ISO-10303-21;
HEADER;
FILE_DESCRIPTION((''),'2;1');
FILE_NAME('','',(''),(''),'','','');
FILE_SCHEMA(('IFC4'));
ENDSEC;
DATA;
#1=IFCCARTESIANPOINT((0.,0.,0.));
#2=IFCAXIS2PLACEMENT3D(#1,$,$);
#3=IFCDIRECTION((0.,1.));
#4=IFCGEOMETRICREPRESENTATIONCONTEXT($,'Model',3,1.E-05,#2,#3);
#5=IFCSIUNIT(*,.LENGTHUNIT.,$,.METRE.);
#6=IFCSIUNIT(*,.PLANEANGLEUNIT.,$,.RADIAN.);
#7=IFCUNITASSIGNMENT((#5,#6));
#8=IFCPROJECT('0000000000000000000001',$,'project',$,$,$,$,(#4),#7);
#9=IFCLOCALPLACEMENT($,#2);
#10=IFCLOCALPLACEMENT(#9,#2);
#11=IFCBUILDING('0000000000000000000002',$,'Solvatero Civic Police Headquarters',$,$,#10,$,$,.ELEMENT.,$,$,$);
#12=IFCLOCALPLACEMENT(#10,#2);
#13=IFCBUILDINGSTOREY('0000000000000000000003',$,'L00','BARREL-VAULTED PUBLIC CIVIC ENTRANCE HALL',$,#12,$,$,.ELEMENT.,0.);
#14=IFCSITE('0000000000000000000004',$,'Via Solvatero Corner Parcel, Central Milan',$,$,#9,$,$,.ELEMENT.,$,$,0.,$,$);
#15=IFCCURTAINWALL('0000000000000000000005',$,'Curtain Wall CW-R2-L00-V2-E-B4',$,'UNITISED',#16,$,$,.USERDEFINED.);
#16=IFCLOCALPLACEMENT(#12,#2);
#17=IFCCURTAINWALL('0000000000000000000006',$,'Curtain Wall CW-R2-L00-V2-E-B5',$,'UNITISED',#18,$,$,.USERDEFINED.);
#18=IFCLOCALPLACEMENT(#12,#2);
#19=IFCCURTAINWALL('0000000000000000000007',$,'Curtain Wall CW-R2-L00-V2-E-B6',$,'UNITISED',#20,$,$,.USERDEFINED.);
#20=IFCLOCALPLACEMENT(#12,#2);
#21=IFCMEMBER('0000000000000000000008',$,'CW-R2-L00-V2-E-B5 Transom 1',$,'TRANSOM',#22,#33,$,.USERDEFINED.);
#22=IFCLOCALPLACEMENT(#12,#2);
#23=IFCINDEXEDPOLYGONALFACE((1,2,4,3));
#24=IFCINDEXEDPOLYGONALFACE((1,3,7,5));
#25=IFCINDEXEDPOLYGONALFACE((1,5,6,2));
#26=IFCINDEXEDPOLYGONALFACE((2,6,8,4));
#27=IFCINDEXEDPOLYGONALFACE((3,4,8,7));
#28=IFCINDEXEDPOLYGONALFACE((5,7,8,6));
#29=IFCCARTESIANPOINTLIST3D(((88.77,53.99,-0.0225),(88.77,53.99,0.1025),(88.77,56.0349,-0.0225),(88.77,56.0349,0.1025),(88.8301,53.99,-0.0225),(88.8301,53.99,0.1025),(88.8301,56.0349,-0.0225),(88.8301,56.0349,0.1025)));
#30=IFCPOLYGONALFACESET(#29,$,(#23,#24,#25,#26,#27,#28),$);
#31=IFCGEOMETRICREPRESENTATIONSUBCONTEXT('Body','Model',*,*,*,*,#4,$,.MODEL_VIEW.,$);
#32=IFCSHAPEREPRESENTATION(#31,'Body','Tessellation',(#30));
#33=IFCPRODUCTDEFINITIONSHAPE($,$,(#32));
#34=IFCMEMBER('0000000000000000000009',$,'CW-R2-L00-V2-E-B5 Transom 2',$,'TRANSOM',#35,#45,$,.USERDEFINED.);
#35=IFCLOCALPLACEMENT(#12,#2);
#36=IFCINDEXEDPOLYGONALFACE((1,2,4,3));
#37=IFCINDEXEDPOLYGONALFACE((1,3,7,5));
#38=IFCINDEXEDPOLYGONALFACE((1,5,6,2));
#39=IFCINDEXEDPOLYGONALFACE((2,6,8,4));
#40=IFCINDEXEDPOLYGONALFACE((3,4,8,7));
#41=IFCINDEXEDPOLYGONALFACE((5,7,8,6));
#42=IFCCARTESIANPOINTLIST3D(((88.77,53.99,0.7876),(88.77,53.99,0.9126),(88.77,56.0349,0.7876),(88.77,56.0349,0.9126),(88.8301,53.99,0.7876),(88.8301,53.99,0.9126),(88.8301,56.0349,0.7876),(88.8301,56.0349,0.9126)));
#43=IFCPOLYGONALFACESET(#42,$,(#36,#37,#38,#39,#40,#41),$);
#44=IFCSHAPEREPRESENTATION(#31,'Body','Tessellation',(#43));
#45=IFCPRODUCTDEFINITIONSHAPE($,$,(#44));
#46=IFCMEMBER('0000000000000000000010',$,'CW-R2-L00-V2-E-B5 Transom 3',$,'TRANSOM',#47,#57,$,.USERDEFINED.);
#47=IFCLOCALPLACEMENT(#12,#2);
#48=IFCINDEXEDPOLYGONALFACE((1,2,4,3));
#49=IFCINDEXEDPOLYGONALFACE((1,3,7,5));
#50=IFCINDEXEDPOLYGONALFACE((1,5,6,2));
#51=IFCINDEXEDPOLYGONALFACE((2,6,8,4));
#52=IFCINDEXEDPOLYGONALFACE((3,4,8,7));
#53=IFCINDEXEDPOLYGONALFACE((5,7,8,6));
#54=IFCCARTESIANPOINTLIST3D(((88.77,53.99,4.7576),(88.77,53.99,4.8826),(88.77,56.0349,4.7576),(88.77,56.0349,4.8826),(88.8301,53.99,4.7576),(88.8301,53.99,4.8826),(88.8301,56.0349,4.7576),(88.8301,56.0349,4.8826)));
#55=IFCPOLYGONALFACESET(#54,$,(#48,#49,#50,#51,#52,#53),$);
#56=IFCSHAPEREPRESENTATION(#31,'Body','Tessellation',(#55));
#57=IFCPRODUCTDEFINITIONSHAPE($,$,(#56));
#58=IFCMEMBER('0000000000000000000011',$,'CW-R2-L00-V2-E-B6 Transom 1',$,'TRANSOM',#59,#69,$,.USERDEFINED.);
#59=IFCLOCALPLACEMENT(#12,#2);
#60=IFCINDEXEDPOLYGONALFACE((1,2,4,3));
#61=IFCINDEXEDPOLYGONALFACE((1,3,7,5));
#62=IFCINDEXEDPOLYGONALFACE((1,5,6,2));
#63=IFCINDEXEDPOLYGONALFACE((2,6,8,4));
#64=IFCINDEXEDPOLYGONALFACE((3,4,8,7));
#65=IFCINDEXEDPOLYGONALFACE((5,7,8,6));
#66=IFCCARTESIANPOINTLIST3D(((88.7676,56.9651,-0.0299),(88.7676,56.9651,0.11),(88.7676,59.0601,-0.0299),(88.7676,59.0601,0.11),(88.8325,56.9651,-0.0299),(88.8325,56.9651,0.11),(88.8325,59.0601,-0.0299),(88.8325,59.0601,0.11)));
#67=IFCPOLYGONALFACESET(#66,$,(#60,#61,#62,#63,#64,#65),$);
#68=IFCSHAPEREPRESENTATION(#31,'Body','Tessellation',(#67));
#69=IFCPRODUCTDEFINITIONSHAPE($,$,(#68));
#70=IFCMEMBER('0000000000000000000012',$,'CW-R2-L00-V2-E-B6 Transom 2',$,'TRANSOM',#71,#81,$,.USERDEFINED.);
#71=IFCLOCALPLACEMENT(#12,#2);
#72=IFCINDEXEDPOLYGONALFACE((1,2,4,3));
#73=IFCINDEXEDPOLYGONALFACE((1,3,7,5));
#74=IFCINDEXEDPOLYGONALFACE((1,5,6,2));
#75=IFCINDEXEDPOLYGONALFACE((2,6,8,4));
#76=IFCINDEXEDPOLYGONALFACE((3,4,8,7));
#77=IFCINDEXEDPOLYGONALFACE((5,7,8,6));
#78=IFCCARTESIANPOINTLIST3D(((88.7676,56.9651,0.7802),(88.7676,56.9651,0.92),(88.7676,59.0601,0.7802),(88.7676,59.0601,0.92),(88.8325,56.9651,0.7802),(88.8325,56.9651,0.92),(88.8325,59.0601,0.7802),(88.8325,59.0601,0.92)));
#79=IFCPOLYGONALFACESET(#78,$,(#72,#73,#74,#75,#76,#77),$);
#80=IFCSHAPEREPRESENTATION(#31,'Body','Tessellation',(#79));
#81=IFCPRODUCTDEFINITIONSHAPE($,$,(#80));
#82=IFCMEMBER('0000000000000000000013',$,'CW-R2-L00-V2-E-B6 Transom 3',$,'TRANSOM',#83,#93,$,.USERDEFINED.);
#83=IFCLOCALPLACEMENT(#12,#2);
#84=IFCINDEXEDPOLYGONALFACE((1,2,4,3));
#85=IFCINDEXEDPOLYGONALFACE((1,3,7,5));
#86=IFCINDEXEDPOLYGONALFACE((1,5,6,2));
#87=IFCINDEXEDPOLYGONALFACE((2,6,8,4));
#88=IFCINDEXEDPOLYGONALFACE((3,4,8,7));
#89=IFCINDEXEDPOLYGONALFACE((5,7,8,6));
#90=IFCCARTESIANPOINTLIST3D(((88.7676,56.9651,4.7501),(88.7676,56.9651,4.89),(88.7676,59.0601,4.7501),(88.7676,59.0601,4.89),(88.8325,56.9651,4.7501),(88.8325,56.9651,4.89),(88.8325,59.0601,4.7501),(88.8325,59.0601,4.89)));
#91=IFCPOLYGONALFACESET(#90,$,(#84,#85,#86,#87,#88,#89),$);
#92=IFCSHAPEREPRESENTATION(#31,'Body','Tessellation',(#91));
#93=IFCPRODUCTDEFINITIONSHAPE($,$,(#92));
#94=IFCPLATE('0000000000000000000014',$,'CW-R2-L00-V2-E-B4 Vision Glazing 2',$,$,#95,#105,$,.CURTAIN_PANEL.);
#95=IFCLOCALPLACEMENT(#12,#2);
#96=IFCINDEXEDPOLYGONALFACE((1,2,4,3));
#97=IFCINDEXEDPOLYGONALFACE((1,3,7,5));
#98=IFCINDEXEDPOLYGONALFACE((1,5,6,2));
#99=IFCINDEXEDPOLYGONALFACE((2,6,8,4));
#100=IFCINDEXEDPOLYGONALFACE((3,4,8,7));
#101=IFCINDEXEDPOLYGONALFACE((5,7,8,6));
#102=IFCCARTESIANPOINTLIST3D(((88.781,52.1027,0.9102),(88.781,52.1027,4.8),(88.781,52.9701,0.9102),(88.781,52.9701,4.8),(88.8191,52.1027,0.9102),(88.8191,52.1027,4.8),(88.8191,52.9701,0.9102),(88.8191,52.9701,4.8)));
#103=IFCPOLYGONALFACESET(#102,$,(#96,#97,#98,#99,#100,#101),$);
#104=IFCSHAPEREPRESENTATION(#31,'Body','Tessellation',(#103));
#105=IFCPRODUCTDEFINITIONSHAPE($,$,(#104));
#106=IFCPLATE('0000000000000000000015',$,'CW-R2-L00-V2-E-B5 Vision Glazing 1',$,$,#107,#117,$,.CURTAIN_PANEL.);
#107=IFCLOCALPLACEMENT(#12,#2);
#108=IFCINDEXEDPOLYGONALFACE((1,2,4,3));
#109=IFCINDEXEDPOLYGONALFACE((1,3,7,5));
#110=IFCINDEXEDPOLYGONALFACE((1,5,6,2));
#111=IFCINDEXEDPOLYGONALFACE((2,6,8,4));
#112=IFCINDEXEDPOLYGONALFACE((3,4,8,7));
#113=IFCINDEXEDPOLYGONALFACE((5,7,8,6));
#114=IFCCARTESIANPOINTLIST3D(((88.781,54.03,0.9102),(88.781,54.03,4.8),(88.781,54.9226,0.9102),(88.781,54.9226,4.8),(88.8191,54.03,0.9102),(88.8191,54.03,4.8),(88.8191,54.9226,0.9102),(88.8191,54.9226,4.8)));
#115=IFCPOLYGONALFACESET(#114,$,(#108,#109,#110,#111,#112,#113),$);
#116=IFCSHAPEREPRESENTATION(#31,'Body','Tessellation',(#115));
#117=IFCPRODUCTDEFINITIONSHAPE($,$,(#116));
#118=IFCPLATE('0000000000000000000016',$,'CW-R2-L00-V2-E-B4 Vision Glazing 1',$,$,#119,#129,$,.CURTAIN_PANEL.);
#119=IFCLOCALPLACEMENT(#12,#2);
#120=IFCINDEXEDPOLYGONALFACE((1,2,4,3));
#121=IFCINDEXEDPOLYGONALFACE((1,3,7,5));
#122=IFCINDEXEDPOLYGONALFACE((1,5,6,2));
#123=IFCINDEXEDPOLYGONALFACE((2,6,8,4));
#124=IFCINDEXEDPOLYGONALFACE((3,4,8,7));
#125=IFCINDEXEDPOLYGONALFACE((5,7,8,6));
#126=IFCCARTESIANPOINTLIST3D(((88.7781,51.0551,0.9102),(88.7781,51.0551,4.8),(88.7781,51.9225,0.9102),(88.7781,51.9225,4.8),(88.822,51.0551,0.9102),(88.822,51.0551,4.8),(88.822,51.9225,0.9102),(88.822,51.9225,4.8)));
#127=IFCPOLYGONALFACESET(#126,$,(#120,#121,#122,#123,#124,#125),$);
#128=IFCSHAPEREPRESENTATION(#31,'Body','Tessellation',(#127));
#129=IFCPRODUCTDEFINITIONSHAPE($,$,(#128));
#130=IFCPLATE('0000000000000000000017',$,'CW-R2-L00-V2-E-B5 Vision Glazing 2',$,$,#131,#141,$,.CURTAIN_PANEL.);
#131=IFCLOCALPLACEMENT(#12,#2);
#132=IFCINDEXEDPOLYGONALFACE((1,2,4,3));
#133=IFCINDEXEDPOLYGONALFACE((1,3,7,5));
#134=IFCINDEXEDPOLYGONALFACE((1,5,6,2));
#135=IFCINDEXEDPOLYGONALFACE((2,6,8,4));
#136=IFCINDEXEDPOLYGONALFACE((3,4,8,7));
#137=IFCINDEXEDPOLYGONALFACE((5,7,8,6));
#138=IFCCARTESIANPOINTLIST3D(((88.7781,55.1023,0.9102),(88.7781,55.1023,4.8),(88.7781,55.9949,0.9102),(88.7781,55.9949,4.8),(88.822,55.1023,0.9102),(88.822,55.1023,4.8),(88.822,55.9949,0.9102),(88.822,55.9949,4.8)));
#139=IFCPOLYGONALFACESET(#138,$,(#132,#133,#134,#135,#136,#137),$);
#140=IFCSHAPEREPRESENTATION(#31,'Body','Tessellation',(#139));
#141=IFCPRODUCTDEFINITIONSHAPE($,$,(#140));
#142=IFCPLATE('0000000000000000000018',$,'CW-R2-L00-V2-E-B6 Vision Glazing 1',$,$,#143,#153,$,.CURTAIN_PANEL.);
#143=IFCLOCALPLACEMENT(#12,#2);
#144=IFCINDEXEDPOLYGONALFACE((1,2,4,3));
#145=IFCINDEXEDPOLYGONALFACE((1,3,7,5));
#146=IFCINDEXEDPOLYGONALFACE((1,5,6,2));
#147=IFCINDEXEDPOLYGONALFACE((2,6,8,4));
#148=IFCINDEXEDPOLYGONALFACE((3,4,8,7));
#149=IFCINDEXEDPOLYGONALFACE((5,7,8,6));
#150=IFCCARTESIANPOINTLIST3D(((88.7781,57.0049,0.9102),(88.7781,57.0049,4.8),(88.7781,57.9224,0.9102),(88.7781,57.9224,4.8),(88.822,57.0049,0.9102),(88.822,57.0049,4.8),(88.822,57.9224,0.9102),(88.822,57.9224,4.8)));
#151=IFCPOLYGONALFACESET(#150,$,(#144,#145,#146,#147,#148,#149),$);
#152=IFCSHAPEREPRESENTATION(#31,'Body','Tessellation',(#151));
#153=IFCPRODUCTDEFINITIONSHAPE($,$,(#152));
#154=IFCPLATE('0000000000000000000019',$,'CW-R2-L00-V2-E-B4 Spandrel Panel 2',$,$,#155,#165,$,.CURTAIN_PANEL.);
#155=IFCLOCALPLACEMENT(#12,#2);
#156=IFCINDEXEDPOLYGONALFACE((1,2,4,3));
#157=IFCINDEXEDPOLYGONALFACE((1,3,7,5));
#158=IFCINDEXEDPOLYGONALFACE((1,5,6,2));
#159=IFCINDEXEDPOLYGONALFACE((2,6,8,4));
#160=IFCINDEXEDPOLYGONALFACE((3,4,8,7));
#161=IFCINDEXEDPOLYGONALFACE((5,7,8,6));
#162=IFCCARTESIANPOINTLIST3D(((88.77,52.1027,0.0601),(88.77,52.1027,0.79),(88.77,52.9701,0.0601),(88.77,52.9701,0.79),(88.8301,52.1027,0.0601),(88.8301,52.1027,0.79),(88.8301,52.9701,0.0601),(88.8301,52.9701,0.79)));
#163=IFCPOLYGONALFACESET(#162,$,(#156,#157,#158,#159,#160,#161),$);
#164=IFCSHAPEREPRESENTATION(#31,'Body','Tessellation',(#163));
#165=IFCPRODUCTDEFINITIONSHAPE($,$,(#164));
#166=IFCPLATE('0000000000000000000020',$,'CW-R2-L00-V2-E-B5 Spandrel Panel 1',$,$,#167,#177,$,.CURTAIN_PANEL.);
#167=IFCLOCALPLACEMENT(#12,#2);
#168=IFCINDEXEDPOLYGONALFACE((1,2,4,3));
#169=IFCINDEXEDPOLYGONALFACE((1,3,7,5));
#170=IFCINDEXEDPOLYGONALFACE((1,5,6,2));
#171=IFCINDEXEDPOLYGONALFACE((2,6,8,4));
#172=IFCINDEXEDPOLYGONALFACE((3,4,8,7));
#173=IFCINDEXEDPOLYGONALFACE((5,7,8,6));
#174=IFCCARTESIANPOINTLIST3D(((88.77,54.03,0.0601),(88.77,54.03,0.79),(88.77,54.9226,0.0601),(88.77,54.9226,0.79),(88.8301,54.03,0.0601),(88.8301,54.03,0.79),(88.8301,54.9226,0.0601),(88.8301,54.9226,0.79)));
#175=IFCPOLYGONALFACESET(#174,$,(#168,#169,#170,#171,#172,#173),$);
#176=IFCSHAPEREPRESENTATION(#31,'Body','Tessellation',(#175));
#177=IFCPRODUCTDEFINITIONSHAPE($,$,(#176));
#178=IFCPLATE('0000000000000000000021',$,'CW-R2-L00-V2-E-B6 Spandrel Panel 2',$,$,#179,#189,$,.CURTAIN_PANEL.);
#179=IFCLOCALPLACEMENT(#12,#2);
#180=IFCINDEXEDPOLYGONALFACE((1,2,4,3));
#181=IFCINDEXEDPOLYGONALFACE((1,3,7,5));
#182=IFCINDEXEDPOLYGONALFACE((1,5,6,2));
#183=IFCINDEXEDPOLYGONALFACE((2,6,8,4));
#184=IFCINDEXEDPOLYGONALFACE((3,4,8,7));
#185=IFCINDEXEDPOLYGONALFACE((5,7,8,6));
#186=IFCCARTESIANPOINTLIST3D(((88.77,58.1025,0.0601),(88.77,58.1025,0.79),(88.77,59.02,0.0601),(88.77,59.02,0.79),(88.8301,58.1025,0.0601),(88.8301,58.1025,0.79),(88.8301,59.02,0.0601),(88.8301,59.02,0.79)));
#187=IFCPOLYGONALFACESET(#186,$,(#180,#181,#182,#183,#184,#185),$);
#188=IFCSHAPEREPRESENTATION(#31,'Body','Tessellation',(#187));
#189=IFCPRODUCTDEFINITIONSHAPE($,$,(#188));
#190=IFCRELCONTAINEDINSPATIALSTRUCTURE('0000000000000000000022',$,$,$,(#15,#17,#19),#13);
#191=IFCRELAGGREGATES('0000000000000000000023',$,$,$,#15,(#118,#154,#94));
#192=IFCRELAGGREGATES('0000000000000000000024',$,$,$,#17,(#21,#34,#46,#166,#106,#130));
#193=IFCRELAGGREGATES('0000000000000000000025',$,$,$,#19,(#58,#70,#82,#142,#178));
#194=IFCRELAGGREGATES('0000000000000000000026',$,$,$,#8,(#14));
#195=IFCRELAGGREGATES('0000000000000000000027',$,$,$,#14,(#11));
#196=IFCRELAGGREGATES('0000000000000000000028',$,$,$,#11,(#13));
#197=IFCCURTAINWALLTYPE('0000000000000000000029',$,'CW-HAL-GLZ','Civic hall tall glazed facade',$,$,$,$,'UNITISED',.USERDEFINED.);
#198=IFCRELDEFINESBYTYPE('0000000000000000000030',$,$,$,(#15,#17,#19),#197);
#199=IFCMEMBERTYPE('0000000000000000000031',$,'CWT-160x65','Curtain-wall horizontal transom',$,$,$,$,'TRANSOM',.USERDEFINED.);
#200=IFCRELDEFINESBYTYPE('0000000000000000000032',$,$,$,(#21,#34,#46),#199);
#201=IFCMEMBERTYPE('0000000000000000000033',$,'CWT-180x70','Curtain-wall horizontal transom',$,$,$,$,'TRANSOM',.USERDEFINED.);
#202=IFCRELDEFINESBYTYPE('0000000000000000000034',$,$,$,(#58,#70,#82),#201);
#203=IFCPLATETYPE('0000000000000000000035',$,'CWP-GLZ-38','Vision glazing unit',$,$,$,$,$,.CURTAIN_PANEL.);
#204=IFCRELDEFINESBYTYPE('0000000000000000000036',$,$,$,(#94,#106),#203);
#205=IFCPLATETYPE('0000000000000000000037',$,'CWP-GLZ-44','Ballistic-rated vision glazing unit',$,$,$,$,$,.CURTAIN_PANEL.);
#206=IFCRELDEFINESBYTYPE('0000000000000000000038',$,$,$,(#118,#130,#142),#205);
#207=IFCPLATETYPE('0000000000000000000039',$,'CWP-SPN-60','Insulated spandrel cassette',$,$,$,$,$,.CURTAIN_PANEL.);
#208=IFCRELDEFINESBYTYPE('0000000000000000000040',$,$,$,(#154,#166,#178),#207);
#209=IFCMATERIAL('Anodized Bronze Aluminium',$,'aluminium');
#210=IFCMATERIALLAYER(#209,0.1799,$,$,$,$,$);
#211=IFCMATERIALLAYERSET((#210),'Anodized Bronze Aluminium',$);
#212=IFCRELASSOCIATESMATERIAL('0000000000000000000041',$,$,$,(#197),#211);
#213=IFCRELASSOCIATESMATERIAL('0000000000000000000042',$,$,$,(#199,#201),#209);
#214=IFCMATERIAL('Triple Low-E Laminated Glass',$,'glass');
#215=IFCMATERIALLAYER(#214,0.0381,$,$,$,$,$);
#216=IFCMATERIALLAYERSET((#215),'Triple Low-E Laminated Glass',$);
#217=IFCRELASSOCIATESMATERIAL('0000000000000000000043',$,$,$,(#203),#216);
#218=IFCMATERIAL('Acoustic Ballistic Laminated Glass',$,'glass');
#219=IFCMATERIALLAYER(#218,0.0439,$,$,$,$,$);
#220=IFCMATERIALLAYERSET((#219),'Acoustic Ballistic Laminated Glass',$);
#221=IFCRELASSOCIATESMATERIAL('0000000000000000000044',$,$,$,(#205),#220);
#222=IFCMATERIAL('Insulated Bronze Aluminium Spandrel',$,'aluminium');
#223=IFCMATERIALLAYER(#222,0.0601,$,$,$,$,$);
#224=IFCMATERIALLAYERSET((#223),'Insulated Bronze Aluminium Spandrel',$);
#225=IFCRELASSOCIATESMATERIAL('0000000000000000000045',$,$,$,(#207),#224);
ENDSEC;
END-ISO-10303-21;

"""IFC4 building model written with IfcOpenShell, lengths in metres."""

from ifc_helpers import new_model, si_unit, direction, frame, origin, origin_2d, place, context, subcontext, project, spatial, rectangle, extrude, material, layer, layer_set, material_profile, profile_set, type_object, element, aggregate, save


model = new_model("IFC4")

# Units and contexts
model_context = context("Model", 3, precision=1e-05, world=origin(), true_north=direction((0.0, 1.0)))
body_context = subcontext(model_context, "Body", "Model", "MODEL_VIEW")
ifc_project = project(units=[si_unit("LENGTHUNIT", "METRE"), si_unit("PLANEANGLEUNIT", "RADIAN")], contexts=[model_context])

# Site, building, storey
site_placement = place(None, origin())
site = spatial("IfcSite", under=ifc_project, at=site_placement, Name="Via Solvatero Corner Parcel, Central Milan", CompositionType="ELEMENT", RefElevation=0.0)
building_placement = place(site_placement, origin())
building = spatial("IfcBuilding", under=site, at=building_placement, Name="Solvatero Civic Police Headquarters", CompositionType="ELEMENT")
storey_placement = place(building_placement, origin())
storey = spatial("IfcBuildingStorey", under=building, at=storey_placement, Name="L00", Description="BARREL-VAULTED PUBLIC CIVIC ENTRANCE HALL", CompositionType="ELEMENT", Elevation=0.0)

# Curtain walls
ifc_material_1 = material(Name="Anodized Bronze Aluminium", Category="aluminium")
ifc_layer_1 = layer(ifc_material_1, 0.1799)
ifc_layer_set_1 = layer_set([ifc_layer_1], Name="Anodized Bronze Aluminium")
curtain_wall_type = type_object("IfcCurtainWallType", Name="CW-HAL-GLZ", Description="Civic hall tall glazed facade", ElementType="UNITISED", PredefinedType="USERDEFINED", material=ifc_layer_set_1)
curtain_wall_1_placement = place(storey_placement, origin())
curtain_wall_1 = element("IfcCurtainWall", 1, at=curtain_wall_1_placement, inside=storey, type_object=curtain_wall_type, Name="Curtain Wall CW-R2-L00-V2-E-B4", ObjectType="UNITISED", PredefinedType="USERDEFINED")
curtain_wall_2_placement = place(storey_placement, origin())
curtain_wall_2 = element("IfcCurtainWall", 2, at=curtain_wall_2_placement, inside=storey, type_object=curtain_wall_type, Name="Curtain Wall CW-R2-L00-V2-E-B5", ObjectType="UNITISED", PredefinedType="USERDEFINED")
curtain_wall_3_placement = place(storey_placement, origin())
curtain_wall_3 = element("IfcCurtainWall", 3, at=curtain_wall_3_placement, inside=storey, type_object=curtain_wall_type, Name="Curtain Wall CW-R2-L00-V2-E-B6", ObjectType="UNITISED", PredefinedType="USERDEFINED")

# Members
ifc_material_profile_1 = material_profile(ifc_material_1, rectangle(XDim=0.0601, YDim=0.125, at=origin_2d()), Name="ALU TRANSOM 60x125")
ifc_profile_set_1 = profile_set([ifc_material_profile_1], Name="Anodized Bronze Aluminium")
member_type_1 = type_object("IfcMemberType", Name="CWT-160x65", Description="Curtain-wall horizontal transom", ElementType="TRANSOM", PredefinedType="USERDEFINED", material=ifc_profile_set_1)
member_1_placement = place(storey_placement, frame((88.8, 53.99, 0.04), z_axis=(0.0, 1.0, 0.0), x_axis=(-1.0, 0.0, 0.0)))
member_1 = element("IfcMember", 4, at=member_1_placement, type_object=member_type_1, Name="CW-R2-L00-V2-E-B5 Transom 1", ObjectType="TRANSOM", PredefinedType="USERDEFINED", context=body_context, shape_type="SweptSolid", body=[
    extrude(rectangle(XDim=0.0601, YDim=0.125, at=origin_2d()), origin(), (0.0, 0.0, 1.0), 2.0449),
])
member_2_placement = place(storey_placement, frame((88.8, 53.99, 0.8501), z_axis=(0.0, 1.0, 0.0), x_axis=(-1.0, 0.0, 0.0)))
member_2 = element("IfcMember", 5, at=member_2_placement, type_object=member_type_1, Name="CW-R2-L00-V2-E-B5 Transom 2", ObjectType="TRANSOM", PredefinedType="USERDEFINED", context=body_context, shape_type="SweptSolid", body=[
    extrude(rectangle(XDim=0.0601, YDim=0.125, at=origin_2d()), origin(), (0.0, 0.0, 1.0), 2.0449),
])
member_3_placement = place(storey_placement, frame((88.8, 53.99, 4.8201), z_axis=(0.0, 1.0, 0.0), x_axis=(-1.0, 0.0, 0.0)))
member_3 = element("IfcMember", 6, at=member_3_placement, type_object=member_type_1, Name="CW-R2-L00-V2-E-B5 Transom 3", ObjectType="TRANSOM", PredefinedType="USERDEFINED", context=body_context, shape_type="SweptSolid", body=[
    extrude(rectangle(XDim=0.0601, YDim=0.125, at=origin_2d()), origin(), (0.0, 0.0, 1.0), 2.0449),
])
ifc_material_profile_2 = material_profile(ifc_material_1, rectangle(XDim=0.0649, YDim=0.1399, at=origin_2d()), Name="ALU TRANSOM 65x140")
ifc_profile_set_2 = profile_set([ifc_material_profile_2], Name="Anodized Bronze Aluminium")
member_type_2 = type_object("IfcMemberType", Name="CWT-180x70", Description="Curtain-wall horizontal transom", ElementType="TRANSOM", PredefinedType="USERDEFINED", material=ifc_profile_set_2)
member_4_placement = place(storey_placement, frame((88.8, 56.9651, 0.04), z_axis=(0.0, 1.0, 0.0), x_axis=(-1.0, 0.0, 0.0)))
member_4 = element("IfcMember", 7, at=member_4_placement, type_object=member_type_2, Name="CW-R2-L00-V2-E-B6 Transom 1", ObjectType="TRANSOM", PredefinedType="USERDEFINED", context=body_context, shape_type="SweptSolid", body=[
    extrude(rectangle(XDim=0.0649, YDim=0.1399, at=origin_2d()), origin(), (0.0, 0.0, 1.0), 2.095),
])
member_5_placement = place(storey_placement, frame((88.8, 56.9651, 0.8501), z_axis=(0.0, 1.0, 0.0), x_axis=(-1.0, 0.0, 0.0)))
member_5 = element("IfcMember", 8, at=member_5_placement, type_object=member_type_2, Name="CW-R2-L00-V2-E-B6 Transom 2", ObjectType="TRANSOM", PredefinedType="USERDEFINED", context=body_context, shape_type="SweptSolid", body=[
    extrude(rectangle(XDim=0.0649, YDim=0.1399, at=origin_2d()), origin(), (0.0, 0.0, 1.0), 2.095),
])
member_6_placement = place(storey_placement, frame((88.8, 56.9651, 4.8201), z_axis=(0.0, 1.0, 0.0), x_axis=(-1.0, 0.0, 0.0)))
member_6 = element("IfcMember", 9, at=member_6_placement, type_object=member_type_2, Name="CW-R2-L00-V2-E-B6 Transom 3", ObjectType="TRANSOM", PredefinedType="USERDEFINED", context=body_context, shape_type="SweptSolid", body=[
    extrude(rectangle(XDim=0.0649, YDim=0.1399, at=origin_2d()), origin(), (0.0, 0.0, 1.0), 2.095),
])

# Plates
ifc_material_2 = material(Name="Triple Low-E Laminated Glass", Category="glass")
ifc_layer_2 = layer(ifc_material_2, 0.0381)
ifc_layer_set_2 = layer_set([ifc_layer_2], Name="Triple Low-E Laminated Glass")
plate_type_1 = type_object("IfcPlateType", Name="CWP-GLZ-38", Description="Vision glazing unit", PredefinedType="CURTAIN_PANEL", material=ifc_layer_set_2)
plate_1_placement = place(storey_placement, frame((88.8, 52.5364, 0.9102), z_axis=(0.0, 0.0, 1.0), x_axis=(0.0, 1.0, 0.0)))
plate_1 = element("IfcPlate", 10, at=plate_1_placement, type_object=plate_type_1, Name="CW-R2-L00-V2-E-B4 Vision Glazing 2", PredefinedType="CURTAIN_PANEL", context=body_context, shape_type="SweptSolid", body=[
    extrude(rectangle(XDim=0.8674, YDim=0.0381, at=origin_2d()), origin(), (0.0, 0.0, 1.0), 3.8899),
])
plate_2_placement = place(storey_placement, frame((88.8, 54.4763, 0.9102), z_axis=(0.0, 0.0, 1.0), x_axis=(0.0, 1.0, 0.0)))
plate_2 = element("IfcPlate", 11, at=plate_2_placement, type_object=plate_type_1, Name="CW-R2-L00-V2-E-B5 Vision Glazing 1", PredefinedType="CURTAIN_PANEL", context=body_context, shape_type="SweptSolid", body=[
    extrude(rectangle(XDim=0.8926, YDim=0.0381, at=origin_2d()), origin(), (0.0, 0.0, 1.0), 3.8899),
])
ifc_material_3 = material(Name="Acoustic Ballistic Laminated Glass", Category="glass")
ifc_layer_3 = layer(ifc_material_3, 0.0439)
ifc_layer_set_3 = layer_set([ifc_layer_3], Name="Acoustic Ballistic Laminated Glass")
plate_type_2 = type_object("IfcPlateType", Name="CWP-GLZ-44", Description="Ballistic-rated vision glazing unit", PredefinedType="CURTAIN_PANEL", material=ifc_layer_set_3)
plate_3_placement = place(storey_placement, frame((88.8, 51.4888, 0.9102), z_axis=(0.0, 0.0, 1.0), x_axis=(0.0, 1.0, 0.0)))
plate_3 = element("IfcPlate", 12, at=plate_3_placement, type_object=plate_type_2, Name="CW-R2-L00-V2-E-B4 Vision Glazing 1", PredefinedType="CURTAIN_PANEL", context=body_context, shape_type="SweptSolid", body=[
    extrude(rectangle(XDim=0.8674, YDim=0.0439, at=origin_2d()), origin(), (0.0, 0.0, 1.0), 3.8899),
])
plate_4_placement = place(storey_placement, frame((88.8, 55.5486, 0.9102), z_axis=(0.0, 0.0, 1.0), x_axis=(0.0, 1.0, 0.0)))
plate_4 = element("IfcPlate", 13, at=plate_4_placement, type_object=plate_type_2, Name="CW-R2-L00-V2-E-B5 Vision Glazing 2", PredefinedType="CURTAIN_PANEL", context=body_context, shape_type="SweptSolid", body=[
    extrude(rectangle(XDim=0.8926, YDim=0.0439, at=origin_2d()), origin(), (0.0, 0.0, 1.0), 3.8899),
])
plate_5_placement = place(storey_placement, frame((88.8, 57.4636, 0.9102), z_axis=(0.0, 0.0, 1.0), x_axis=(0.0, 1.0, 0.0)))
plate_5 = element("IfcPlate", 14, at=plate_5_placement, type_object=plate_type_2, Name="CW-R2-L00-V2-E-B6 Vision Glazing 1", PredefinedType="CURTAIN_PANEL", context=body_context, shape_type="SweptSolid", body=[
    extrude(rectangle(XDim=0.9175, YDim=0.0439, at=origin_2d()), origin(), (0.0, 0.0, 1.0), 3.8899),
])
ifc_material_4 = material(Name="Insulated Bronze Aluminium Spandrel", Category="aluminium")
ifc_layer_4 = layer(ifc_material_4, 0.0601)
ifc_layer_set_4 = layer_set([ifc_layer_4], Name="Insulated Bronze Aluminium Spandrel")
plate_type_3 = type_object("IfcPlateType", Name="CWP-SPN-60", Description="Insulated spandrel cassette", PredefinedType="CURTAIN_PANEL", material=ifc_layer_set_4)
plate_6_placement = place(storey_placement, frame((88.8, 52.5364, 0.0601), z_axis=(0.0, 0.0, 1.0), x_axis=(0.0, 1.0, 0.0)))
plate_6 = element("IfcPlate", 15, at=plate_6_placement, type_object=plate_type_3, Name="CW-R2-L00-V2-E-B4 Spandrel Panel 2", PredefinedType="CURTAIN_PANEL", context=body_context, shape_type="SweptSolid", body=[
    extrude(rectangle(XDim=0.8674, YDim=0.0601, at=origin_2d()), origin(), (0.0, 0.0, 1.0), 0.73),
])
plate_7_placement = place(storey_placement, frame((88.8, 54.4763, 0.0601), z_axis=(0.0, 0.0, 1.0), x_axis=(0.0, 1.0, 0.0)))
plate_7 = element("IfcPlate", 16, at=plate_7_placement, type_object=plate_type_3, Name="CW-R2-L00-V2-E-B5 Spandrel Panel 1", PredefinedType="CURTAIN_PANEL", context=body_context, shape_type="SweptSolid", body=[
    extrude(rectangle(XDim=0.8926, YDim=0.0601, at=origin_2d()), origin(), (0.0, 0.0, 1.0), 0.73),
])
plate_8_placement = place(storey_placement, frame((88.8, 58.5613, 0.0601), z_axis=(0.0, 0.0, 1.0), x_axis=(0.0, 1.0, 0.0)))
plate_8 = element("IfcPlate", 17, at=plate_8_placement, type_object=plate_type_3, Name="CW-R2-L00-V2-E-B6 Spandrel Panel 2", PredefinedType="CURTAIN_PANEL", context=body_context, shape_type="SweptSolid", body=[
    extrude(rectangle(XDim=0.9175, YDim=0.0601, at=origin_2d()), origin(), (0.0, 0.0, 1.0), 0.73),
])
aggregate(curtain_wall_1, [plate_3, plate_6, plate_1])
aggregate(curtain_wall_2, [member_1, member_2, member_3, plate_7, plate_2, plate_4])
aggregate(curtain_wall_3, [member_4, member_5, member_6, plate_5, plate_8])

save(model, "model.ifc")
